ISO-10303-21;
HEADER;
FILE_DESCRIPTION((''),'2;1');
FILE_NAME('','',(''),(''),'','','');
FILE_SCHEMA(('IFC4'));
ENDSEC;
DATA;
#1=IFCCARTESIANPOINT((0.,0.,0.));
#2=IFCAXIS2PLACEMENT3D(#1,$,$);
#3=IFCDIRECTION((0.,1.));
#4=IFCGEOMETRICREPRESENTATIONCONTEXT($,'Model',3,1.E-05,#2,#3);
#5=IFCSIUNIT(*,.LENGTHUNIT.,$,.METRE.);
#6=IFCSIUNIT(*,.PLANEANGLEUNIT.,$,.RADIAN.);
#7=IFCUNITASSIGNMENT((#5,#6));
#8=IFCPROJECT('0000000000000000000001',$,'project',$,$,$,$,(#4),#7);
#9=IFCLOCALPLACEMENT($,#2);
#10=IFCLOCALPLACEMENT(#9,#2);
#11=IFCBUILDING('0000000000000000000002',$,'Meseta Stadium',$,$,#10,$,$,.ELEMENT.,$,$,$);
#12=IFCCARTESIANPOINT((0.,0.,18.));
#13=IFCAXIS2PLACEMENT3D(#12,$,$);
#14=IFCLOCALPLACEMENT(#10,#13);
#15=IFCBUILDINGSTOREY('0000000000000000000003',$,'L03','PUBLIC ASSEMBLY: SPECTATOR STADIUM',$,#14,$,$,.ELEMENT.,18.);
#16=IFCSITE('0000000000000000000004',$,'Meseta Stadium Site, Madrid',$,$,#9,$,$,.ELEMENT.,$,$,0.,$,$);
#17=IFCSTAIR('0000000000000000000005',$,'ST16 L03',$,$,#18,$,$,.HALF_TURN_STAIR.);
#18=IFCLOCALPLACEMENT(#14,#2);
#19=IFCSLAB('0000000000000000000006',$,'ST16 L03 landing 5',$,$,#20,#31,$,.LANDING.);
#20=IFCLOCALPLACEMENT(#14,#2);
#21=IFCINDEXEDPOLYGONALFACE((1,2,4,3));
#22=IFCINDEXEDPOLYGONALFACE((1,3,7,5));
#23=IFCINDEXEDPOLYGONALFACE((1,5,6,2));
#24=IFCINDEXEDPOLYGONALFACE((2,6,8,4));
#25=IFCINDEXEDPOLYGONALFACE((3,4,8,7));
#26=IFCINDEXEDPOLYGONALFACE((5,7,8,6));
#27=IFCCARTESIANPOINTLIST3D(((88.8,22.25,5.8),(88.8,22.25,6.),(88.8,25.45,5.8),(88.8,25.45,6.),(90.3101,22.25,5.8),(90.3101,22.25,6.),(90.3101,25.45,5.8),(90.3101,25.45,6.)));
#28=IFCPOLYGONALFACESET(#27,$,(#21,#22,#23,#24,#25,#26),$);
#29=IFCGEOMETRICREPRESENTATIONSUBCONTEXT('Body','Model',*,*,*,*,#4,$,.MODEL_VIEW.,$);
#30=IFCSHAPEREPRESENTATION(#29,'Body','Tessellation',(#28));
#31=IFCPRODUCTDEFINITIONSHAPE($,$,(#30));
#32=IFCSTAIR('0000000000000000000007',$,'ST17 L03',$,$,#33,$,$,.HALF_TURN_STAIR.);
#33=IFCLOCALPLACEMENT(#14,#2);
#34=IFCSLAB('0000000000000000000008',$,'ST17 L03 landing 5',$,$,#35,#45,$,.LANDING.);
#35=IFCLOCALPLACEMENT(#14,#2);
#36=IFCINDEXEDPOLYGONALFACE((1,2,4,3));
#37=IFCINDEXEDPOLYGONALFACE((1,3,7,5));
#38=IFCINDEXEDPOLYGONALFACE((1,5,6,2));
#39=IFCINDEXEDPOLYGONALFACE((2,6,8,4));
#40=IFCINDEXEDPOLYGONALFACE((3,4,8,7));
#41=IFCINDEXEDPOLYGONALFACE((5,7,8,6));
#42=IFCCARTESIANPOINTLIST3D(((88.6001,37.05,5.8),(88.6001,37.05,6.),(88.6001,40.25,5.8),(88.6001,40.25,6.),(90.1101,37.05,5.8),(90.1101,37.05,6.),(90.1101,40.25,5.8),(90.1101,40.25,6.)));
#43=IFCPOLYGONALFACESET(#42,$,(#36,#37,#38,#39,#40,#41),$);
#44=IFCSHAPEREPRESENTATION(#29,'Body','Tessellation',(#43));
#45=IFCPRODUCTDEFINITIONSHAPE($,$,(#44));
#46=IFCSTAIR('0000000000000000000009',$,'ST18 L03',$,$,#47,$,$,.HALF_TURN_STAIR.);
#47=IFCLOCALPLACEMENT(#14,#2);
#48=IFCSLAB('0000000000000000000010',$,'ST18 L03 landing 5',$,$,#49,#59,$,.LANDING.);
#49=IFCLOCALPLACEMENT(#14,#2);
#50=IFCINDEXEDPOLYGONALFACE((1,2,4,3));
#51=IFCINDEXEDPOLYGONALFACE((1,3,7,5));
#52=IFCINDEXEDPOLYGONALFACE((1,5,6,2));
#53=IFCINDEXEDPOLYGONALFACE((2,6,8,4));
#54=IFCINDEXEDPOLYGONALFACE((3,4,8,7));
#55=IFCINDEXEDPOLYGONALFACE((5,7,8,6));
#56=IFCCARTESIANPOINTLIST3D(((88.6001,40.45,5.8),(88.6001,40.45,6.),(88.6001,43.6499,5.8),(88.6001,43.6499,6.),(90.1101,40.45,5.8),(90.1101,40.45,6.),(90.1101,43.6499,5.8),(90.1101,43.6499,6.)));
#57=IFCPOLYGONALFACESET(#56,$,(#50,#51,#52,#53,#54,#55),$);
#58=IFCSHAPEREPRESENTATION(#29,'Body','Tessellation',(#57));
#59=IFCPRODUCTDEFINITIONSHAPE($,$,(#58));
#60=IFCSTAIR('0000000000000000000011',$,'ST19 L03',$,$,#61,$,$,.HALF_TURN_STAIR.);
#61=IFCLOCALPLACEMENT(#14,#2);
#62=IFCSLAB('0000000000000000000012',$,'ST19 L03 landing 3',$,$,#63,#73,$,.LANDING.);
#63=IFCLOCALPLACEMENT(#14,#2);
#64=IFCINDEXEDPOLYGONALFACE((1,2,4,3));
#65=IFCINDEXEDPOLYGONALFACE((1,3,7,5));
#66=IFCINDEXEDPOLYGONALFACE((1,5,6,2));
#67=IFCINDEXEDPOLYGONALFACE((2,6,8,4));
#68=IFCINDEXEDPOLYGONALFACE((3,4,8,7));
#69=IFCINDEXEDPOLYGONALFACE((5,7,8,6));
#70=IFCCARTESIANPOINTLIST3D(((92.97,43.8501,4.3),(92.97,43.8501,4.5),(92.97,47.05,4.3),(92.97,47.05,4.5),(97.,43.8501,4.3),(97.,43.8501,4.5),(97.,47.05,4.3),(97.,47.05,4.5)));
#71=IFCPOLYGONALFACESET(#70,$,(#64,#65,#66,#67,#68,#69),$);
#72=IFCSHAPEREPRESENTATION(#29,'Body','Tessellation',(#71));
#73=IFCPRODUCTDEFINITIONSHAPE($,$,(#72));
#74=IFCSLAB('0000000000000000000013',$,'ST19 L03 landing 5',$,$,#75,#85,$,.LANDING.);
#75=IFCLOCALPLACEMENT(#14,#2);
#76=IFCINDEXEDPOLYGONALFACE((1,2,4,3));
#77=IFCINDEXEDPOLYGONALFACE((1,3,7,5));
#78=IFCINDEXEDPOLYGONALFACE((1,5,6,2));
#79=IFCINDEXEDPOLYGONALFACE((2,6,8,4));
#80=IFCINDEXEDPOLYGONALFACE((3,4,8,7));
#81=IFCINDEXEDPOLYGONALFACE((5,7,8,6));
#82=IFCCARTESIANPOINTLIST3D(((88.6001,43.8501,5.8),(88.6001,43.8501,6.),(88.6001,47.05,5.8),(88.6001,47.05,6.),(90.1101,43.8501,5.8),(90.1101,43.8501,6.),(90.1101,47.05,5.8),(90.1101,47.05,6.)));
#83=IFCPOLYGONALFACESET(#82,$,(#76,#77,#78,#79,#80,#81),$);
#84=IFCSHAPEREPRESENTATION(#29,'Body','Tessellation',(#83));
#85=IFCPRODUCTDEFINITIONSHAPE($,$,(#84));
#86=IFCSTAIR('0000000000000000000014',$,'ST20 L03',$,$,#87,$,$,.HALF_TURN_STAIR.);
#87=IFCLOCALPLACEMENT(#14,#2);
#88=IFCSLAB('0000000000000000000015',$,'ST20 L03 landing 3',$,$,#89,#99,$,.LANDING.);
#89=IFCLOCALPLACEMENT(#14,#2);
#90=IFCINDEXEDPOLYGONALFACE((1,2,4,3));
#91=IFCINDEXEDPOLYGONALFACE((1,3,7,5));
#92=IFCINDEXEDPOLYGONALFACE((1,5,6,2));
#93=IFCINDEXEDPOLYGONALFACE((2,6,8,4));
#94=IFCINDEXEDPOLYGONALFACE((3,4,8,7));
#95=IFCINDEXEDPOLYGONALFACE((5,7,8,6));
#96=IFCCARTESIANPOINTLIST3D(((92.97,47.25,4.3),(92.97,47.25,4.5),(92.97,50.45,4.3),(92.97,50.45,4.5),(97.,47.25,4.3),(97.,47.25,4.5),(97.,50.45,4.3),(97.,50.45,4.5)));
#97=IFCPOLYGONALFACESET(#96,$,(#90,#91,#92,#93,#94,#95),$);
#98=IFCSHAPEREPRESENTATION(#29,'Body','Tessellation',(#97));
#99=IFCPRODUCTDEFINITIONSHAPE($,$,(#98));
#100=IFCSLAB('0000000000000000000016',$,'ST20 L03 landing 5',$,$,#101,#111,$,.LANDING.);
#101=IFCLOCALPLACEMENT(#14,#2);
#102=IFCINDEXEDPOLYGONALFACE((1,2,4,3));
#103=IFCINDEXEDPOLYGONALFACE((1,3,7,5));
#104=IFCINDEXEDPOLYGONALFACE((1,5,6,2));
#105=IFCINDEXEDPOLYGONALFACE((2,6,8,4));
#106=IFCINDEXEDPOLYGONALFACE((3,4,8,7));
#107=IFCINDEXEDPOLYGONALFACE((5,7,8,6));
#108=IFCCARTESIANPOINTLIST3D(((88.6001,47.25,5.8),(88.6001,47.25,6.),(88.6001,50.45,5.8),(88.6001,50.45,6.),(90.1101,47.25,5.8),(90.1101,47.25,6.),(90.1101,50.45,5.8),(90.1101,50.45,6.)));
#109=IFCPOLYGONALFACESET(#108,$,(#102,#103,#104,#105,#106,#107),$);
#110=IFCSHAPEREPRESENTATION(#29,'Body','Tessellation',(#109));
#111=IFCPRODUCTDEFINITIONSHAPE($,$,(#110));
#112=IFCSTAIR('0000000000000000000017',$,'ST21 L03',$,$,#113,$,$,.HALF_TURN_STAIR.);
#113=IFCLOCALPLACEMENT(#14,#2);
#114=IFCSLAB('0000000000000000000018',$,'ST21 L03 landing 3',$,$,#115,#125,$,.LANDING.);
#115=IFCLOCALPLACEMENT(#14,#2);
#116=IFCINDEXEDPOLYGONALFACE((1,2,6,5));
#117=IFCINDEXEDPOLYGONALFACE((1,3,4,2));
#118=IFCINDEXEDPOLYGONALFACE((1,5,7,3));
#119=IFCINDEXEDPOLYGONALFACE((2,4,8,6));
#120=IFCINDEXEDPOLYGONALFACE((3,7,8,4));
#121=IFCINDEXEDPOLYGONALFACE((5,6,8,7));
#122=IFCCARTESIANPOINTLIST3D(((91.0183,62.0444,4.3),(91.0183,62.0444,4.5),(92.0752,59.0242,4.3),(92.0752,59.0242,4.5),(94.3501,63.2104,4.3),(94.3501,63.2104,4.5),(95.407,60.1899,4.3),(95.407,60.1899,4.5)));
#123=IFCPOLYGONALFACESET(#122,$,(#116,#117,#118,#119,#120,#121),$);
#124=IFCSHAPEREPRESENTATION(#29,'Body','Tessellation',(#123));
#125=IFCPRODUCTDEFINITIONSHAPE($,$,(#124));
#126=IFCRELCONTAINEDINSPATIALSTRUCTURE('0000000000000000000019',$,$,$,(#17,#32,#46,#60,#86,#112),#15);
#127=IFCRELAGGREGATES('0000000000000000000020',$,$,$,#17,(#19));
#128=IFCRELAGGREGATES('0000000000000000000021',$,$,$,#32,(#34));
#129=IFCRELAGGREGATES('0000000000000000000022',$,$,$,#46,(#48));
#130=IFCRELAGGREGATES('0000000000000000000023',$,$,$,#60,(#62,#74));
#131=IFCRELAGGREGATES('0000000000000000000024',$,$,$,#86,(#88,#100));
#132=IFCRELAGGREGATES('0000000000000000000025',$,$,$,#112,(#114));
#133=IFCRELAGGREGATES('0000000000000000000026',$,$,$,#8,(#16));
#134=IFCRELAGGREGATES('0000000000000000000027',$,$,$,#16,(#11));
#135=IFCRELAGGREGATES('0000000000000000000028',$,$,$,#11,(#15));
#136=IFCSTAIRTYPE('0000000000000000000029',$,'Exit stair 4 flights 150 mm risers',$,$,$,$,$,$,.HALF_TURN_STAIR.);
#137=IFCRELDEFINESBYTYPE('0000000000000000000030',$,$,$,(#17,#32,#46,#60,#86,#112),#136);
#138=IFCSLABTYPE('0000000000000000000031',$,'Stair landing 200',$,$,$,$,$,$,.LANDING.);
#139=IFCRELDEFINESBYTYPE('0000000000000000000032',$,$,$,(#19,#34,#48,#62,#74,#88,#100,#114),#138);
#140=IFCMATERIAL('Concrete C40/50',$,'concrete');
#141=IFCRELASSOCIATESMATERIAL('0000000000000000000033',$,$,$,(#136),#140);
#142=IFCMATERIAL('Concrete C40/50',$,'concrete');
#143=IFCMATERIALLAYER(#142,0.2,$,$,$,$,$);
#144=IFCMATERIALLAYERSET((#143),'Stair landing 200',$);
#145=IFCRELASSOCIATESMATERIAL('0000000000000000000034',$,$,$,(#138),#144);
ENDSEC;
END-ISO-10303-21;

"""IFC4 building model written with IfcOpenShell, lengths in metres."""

from ifc_helpers import new_model, si_unit, direction, frame, origin, place, context, subcontext, project, spatial, polyline, outline, extrude, material, layer, layer_set, type_object, element, aggregate, save


model = new_model("IFC4")

# Units and contexts
model_context = context("Model", 3, precision=1e-05, world=origin(), true_north=direction((0.0, 1.0)))
body_context = subcontext(model_context, "Body", "Model", "MODEL_VIEW")
ifc_project = project(units=[si_unit("LENGTHUNIT", "METRE"), si_unit("PLANEANGLEUNIT", "RADIAN")], contexts=[model_context])

# Site, building, storey
site_placement = place(None, origin())
site = spatial("IfcSite", under=ifc_project, at=site_placement, Name="Meseta Stadium Site, Madrid", CompositionType="ELEMENT", RefElevation=0.0)
building_placement = place(site_placement, origin())
building = spatial("IfcBuilding", under=site, at=building_placement, Name="Meseta Stadium", CompositionType="ELEMENT")
storey_placement = place(building_placement, frame((0.0, 0.0, 18.0)))
storey = spatial("IfcBuildingStorey", under=building, at=storey_placement, Name="L03", Description="PUBLIC ASSEMBLY: SPECTATOR STADIUM", CompositionType="ELEMENT", Elevation=18.0)

# Stairs, slabs
ifc_material_1 = material(Name="Concrete C40/50", Category="concrete")
stair_type = type_object("IfcStairType", Name="Exit stair 4 flights 150 mm risers", PredefinedType="HALF_TURN_STAIR", material=ifc_material_1)
ifc_material_2 = material(Name="Concrete C40/50", Category="concrete")
ifc_layer = layer(ifc_material_2, 0.2)
ifc_layer_set = layer_set([ifc_layer], Name="Stair landing 200")
slab_type = type_object("IfcSlabType", Name="Stair landing 200", PredefinedType="LANDING", material=ifc_layer_set)
stair_1_placement = place(storey_placement, origin())
stair_1 = element("IfcStair", 1, at=stair_1_placement, inside=storey, type_object=stair_type, Name="ST16 L03", PredefinedType="HALF_TURN_STAIR")
slab_1_placement = place(storey_placement, frame((0.0, 0.0, 5.8)))
slab_1 = element("IfcSlab", 2, at=slab_1_placement, type_object=slab_type, Name="ST16 L03 landing 5", PredefinedType="LANDING", context=body_context, shape_type="SweptSolid", body=[
    extrude(outline(polyline([(88.8, 22.25), (90.3101, 22.25), (90.3101, 25.45), (88.8, 25.45), (88.8, 22.25)])), origin(), (0.0, 0.0, 1.0), 0.2),
])
aggregate(stair_1, [slab_1])
stair_2_placement = place(storey_placement, origin())
stair_2 = element("IfcStair", 3, at=stair_2_placement, inside=storey, type_object=stair_type, Name="ST17 L03", PredefinedType="HALF_TURN_STAIR")
slab_2_placement = place(storey_placement, frame((0.0, 0.0, 5.8)))
slab_2 = element("IfcSlab", 4, at=slab_2_placement, type_object=slab_type, Name="ST17 L03 landing 5", PredefinedType="LANDING", context=body_context, shape_type="SweptSolid", body=[
    extrude(outline(polyline([(88.6001, 37.05), (90.1101, 37.05), (90.1101, 40.25), (88.6001, 40.25), (88.6001, 37.05)])), origin(), (0.0, 0.0, 1.0), 0.2),
])
aggregate(stair_2, [slab_2])
stair_3_placement = place(storey_placement, origin())
stair_3 = element("IfcStair", 5, at=stair_3_placement, inside=storey, type_object=stair_type, Name="ST18 L03", PredefinedType="HALF_TURN_STAIR")
slab_3_placement = place(storey_placement, frame((0.0, 0.0, 5.8)))
slab_3 = element("IfcSlab", 6, at=slab_3_placement, type_object=slab_type, Name="ST18 L03 landing 5", PredefinedType="LANDING", context=body_context, shape_type="SweptSolid", body=[
    extrude(outline(polyline([(88.6001, 40.45), (90.1101, 40.45), (90.1101, 43.6499), (88.6001, 43.6499), (88.6001, 40.45)])), origin(), (0.0, 0.0, 1.0), 0.2),
])
aggregate(stair_3, [slab_3])

# Stairs, slabs
stair_4_placement = place(storey_placement, origin())
stair_4 = element("IfcStair", 7, at=stair_4_placement, inside=storey, type_object=stair_type, Name="ST19 L03", PredefinedType="HALF_TURN_STAIR")
slab_4_placement = place(storey_placement, frame((0.0, 0.0, 4.3)))
slab_4 = element("IfcSlab", 8, at=slab_4_placement, type_object=slab_type, Name="ST19 L03 landing 3", PredefinedType="LANDING", context=body_context, shape_type="SweptSolid", body=[
    extrude(outline(polyline([(92.97, 43.8501), (97.0, 43.8501), (97.0, 47.05), (92.97, 47.05), (92.97, 43.8501)])), origin(), (0.0, 0.0, 1.0), 0.2),
])
slab_5_placement = place(storey_placement, frame((0.0, 0.0, 5.8)))
slab_5 = element("IfcSlab", 9, at=slab_5_placement, type_object=slab_type, Name="ST19 L03 landing 5", PredefinedType="LANDING", context=body_context, shape_type="SweptSolid", body=[
    extrude(outline(polyline([(88.6001, 43.8501), (90.1101, 43.8501), (90.1101, 47.05), (88.6001, 47.05), (88.6001, 43.8501)])), origin(), (0.0, 0.0, 1.0), 0.2),
])
aggregate(stair_4, [slab_4, slab_5])
stair_5_placement = place(storey_placement, origin())
stair_5 = element("IfcStair", 10, at=stair_5_placement, inside=storey, type_object=stair_type, Name="ST20 L03", PredefinedType="HALF_TURN_STAIR")
slab_6_placement = place(storey_placement, frame((0.0, 0.0, 4.3)))
slab_6 = element("IfcSlab", 11, at=slab_6_placement, type_object=slab_type, Name="ST20 L03 landing 3", PredefinedType="LANDING", context=body_context, shape_type="SweptSolid", body=[
    extrude(outline(polyline([(92.97, 47.25), (97.0, 47.25), (97.0, 50.45), (92.97, 50.45), (92.97, 47.25)])), origin(), (0.0, 0.0, 1.0), 0.2),
])
slab_7_placement = place(storey_placement, frame((0.0, 0.0, 5.8)))
slab_7 = element("IfcSlab", 12, at=slab_7_placement, type_object=slab_type, Name="ST20 L03 landing 5", PredefinedType="LANDING", context=body_context, shape_type="SweptSolid", body=[
    extrude(outline(polyline([(88.6001, 47.25), (90.1101, 47.25), (90.1101, 50.45), (88.6001, 50.45), (88.6001, 47.25)])), origin(), (0.0, 0.0, 1.0), 0.2),
])
aggregate(stair_5, [slab_6, slab_7])

# Stair, slab
stair_6_placement = place(storey_placement, origin())
stair_6 = element("IfcStair", 13, at=stair_6_placement, inside=storey, type_object=stair_type, Name="ST21 L03", PredefinedType="HALF_TURN_STAIR")
slab_8_placement = place(storey_placement, frame((0.0, 0.0, 4.3)))
slab_8 = element("IfcSlab", 14, at=slab_8_placement, type_object=slab_type, Name="ST21 L03 landing 3", PredefinedType="LANDING", context=body_context, shape_type="SweptSolid", body=[
    extrude(outline(polyline([(92.0752, 59.0242), (95.407, 60.1899), (94.3501, 63.2104), (91.0183, 62.0444), (92.0752, 59.0242)])), origin(), (0.0, 0.0, 1.0), 0.2),
])
aggregate(stair_6, [slab_8])

save(model, "model.ifc")
